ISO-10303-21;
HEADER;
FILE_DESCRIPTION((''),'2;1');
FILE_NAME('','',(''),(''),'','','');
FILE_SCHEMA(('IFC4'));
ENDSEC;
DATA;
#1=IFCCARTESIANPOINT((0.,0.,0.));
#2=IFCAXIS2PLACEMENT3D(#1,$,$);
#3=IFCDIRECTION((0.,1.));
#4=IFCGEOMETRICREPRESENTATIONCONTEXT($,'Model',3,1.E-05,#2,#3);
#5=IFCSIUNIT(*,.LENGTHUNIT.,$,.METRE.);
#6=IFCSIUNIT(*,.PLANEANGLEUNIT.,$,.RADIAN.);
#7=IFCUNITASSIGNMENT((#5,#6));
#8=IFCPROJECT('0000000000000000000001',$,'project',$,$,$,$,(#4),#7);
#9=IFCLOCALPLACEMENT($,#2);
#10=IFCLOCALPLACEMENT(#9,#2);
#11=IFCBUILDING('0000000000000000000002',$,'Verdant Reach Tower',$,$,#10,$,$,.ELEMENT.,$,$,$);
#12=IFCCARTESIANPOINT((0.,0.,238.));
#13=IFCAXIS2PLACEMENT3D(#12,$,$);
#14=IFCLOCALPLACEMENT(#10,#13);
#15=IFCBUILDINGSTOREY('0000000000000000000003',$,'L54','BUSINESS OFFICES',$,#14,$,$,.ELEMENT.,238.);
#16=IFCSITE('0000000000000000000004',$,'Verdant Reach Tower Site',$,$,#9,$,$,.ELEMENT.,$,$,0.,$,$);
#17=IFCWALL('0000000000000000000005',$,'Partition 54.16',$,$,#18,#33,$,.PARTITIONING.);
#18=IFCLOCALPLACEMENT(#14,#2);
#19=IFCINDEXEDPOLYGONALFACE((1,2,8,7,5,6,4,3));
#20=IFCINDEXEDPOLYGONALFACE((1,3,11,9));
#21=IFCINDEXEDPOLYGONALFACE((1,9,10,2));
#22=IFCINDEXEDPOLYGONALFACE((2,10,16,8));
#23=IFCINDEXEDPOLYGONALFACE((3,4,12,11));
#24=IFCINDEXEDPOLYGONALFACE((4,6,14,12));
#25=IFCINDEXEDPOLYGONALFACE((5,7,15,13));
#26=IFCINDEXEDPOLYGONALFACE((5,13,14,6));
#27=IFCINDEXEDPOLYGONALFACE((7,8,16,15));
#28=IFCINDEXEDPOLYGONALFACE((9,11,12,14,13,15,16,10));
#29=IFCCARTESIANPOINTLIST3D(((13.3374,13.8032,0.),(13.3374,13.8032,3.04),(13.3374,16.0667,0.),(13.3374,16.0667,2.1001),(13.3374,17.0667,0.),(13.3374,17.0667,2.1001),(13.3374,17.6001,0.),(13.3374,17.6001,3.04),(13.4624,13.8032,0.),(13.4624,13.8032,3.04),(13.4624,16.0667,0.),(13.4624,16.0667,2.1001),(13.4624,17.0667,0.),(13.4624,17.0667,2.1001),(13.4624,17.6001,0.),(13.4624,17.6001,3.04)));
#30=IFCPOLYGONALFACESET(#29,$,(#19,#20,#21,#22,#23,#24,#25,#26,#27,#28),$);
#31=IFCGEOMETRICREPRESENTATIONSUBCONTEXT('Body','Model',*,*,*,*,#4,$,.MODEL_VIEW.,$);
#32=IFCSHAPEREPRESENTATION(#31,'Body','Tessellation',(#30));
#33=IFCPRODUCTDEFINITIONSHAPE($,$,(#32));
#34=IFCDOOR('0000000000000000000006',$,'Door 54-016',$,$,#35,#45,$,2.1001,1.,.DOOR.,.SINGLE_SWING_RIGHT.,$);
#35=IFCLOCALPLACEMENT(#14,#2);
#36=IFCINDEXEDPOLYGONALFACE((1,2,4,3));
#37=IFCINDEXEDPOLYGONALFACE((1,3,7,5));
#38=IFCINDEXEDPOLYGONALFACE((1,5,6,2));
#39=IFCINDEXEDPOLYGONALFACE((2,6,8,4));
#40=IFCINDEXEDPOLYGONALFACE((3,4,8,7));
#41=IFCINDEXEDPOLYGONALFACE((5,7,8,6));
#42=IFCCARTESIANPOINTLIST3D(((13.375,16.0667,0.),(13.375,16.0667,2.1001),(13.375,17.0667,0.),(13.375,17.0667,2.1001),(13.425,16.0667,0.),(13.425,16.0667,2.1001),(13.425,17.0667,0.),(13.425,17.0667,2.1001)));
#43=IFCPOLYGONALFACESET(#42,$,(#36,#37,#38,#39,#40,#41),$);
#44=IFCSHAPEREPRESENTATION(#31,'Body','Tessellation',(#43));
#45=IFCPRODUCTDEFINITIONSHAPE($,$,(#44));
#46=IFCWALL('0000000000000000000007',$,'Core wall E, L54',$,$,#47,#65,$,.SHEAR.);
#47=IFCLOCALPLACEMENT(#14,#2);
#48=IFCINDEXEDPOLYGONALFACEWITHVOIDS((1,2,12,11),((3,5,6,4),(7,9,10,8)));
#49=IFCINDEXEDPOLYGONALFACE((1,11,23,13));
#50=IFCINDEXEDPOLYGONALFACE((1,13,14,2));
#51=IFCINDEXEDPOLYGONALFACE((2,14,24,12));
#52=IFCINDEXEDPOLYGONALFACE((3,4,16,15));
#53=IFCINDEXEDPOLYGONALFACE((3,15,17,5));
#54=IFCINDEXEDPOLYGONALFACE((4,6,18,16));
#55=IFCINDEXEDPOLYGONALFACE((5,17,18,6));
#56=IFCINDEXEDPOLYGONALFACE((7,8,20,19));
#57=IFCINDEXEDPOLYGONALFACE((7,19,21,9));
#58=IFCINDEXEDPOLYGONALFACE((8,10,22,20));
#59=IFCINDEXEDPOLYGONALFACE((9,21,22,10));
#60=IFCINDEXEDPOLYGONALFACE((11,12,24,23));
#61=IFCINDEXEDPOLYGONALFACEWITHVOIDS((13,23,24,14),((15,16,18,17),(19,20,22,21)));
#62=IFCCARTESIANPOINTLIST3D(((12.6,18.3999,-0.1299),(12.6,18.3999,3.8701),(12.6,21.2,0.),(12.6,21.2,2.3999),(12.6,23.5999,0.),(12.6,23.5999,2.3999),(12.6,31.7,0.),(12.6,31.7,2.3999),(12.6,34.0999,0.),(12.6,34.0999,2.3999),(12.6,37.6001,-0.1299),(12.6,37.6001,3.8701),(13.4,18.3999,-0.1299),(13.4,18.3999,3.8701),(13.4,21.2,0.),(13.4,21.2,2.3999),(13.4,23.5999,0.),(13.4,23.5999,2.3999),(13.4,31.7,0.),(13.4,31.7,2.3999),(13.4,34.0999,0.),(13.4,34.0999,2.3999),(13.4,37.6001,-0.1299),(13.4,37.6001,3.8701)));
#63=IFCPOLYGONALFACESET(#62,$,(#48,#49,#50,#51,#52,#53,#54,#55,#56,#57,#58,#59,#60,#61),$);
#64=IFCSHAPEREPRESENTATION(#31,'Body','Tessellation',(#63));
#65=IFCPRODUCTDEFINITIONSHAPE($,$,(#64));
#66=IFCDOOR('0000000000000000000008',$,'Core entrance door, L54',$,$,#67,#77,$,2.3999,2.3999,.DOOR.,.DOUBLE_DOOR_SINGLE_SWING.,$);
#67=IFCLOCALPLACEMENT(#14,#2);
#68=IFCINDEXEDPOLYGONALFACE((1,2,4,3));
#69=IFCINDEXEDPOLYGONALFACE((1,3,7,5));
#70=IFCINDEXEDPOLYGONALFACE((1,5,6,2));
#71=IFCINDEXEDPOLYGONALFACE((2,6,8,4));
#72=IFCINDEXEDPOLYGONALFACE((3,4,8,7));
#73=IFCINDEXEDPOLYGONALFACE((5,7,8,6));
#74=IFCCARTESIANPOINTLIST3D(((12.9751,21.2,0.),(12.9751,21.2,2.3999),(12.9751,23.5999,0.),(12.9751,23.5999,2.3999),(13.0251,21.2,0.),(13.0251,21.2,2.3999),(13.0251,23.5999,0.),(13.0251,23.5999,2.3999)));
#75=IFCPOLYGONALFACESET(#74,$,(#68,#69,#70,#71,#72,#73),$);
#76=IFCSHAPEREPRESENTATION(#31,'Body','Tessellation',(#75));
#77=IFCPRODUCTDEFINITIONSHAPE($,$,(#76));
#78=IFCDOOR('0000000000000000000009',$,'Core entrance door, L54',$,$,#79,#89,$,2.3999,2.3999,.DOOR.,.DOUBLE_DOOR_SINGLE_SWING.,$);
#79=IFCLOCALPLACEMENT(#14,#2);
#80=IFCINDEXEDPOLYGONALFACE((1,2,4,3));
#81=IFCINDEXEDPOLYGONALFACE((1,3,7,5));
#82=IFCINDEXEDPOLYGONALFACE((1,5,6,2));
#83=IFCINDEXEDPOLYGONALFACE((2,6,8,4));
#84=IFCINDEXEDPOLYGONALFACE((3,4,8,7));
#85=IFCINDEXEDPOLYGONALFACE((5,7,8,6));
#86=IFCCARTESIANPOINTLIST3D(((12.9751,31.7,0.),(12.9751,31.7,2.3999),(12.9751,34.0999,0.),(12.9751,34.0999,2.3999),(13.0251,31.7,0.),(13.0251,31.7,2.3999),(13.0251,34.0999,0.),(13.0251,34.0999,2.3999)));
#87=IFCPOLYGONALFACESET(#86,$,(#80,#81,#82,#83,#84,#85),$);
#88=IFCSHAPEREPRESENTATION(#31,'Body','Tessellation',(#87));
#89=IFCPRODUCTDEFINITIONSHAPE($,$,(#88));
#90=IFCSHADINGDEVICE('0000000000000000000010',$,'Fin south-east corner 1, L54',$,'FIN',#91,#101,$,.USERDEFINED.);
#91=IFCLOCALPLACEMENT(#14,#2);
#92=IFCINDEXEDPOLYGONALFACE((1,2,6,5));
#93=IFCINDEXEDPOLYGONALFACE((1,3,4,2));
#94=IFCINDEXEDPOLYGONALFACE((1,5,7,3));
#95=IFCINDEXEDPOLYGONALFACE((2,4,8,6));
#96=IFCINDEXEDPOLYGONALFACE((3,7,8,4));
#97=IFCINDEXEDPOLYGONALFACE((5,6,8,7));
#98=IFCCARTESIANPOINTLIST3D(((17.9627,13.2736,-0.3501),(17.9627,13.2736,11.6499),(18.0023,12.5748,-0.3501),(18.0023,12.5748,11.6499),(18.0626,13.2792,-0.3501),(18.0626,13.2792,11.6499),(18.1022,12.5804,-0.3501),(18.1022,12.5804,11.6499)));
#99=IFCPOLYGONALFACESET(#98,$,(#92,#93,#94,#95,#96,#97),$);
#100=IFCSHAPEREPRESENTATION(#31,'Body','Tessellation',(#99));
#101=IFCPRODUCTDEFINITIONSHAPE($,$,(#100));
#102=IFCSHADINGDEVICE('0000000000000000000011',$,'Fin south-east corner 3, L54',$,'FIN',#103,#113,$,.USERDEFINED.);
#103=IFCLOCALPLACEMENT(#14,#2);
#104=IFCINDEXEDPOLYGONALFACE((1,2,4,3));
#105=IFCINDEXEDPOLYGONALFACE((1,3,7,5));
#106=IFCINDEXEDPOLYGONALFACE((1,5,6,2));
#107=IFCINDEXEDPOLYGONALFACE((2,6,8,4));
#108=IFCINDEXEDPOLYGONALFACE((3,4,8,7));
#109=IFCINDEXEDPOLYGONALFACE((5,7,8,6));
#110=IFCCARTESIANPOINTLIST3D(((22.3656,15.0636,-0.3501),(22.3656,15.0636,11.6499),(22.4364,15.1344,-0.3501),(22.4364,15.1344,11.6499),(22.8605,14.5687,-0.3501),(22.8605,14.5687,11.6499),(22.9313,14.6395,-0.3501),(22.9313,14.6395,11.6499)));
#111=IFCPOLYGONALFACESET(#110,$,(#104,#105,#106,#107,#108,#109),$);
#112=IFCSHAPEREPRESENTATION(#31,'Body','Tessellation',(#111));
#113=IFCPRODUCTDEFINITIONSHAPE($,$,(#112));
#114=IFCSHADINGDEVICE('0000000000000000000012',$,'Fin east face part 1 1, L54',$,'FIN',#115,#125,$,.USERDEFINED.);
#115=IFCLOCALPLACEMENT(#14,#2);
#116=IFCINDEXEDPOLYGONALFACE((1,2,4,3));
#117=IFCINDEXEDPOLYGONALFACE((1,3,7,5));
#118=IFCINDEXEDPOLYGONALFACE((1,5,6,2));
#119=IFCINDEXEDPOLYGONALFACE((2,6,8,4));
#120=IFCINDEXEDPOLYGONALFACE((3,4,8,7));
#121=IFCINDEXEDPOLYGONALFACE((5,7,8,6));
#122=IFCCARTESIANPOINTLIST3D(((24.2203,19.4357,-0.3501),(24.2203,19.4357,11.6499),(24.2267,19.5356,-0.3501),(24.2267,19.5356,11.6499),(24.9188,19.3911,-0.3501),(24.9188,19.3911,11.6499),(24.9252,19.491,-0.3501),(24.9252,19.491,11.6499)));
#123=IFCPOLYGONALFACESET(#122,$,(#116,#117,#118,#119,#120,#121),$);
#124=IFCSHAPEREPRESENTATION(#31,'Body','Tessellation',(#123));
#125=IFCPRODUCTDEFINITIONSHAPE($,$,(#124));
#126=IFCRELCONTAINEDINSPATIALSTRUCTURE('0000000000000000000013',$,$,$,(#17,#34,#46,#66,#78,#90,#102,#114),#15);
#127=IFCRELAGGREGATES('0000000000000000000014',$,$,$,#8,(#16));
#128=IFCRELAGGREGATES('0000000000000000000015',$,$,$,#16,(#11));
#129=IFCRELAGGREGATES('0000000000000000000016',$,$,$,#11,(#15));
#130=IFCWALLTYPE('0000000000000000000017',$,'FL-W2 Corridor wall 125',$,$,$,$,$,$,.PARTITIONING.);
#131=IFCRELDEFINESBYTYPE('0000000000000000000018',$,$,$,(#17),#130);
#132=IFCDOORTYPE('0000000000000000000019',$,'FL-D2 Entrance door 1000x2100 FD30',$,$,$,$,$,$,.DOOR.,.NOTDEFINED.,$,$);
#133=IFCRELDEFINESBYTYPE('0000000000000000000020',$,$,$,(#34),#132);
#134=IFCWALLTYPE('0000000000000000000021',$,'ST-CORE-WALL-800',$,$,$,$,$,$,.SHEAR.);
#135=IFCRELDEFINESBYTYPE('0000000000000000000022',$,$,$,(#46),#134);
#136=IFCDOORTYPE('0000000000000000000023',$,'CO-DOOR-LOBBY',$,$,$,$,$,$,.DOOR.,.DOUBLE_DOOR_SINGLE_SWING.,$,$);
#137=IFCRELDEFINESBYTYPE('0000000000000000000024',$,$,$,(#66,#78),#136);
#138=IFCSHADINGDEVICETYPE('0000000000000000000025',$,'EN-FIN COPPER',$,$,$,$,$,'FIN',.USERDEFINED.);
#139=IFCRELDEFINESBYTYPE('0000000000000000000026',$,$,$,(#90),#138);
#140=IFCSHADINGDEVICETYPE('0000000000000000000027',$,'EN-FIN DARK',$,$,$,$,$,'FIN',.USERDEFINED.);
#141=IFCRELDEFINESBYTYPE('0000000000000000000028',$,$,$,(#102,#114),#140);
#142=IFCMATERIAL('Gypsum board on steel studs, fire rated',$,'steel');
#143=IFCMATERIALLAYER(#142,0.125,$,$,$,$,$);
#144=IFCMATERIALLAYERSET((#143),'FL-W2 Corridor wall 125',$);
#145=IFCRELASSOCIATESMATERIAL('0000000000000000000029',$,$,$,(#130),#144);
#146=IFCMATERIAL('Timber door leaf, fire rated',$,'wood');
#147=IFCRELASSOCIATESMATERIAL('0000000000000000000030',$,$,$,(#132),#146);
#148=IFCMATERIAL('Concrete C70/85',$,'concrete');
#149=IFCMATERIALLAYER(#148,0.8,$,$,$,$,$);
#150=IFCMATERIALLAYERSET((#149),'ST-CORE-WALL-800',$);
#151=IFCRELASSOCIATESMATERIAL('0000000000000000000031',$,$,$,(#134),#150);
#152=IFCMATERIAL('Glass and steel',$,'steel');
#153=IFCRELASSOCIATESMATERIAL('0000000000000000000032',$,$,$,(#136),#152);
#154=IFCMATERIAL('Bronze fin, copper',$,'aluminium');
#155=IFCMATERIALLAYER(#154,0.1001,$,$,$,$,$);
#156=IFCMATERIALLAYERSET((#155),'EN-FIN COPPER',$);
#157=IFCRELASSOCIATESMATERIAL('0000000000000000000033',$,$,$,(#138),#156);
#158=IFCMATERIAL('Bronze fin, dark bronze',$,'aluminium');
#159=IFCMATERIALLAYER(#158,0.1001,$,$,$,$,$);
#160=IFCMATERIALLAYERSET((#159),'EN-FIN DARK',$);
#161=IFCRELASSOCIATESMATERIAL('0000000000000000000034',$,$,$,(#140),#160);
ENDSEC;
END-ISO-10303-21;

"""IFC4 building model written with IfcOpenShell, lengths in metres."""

from ifc_helpers import new_model, si_unit, direction, frame, frame_2d, origin, origin_2d, place, context, subcontext, project, spatial, rectangle, extrude, material, layer, layer_set, type_object, element, fill, save


model = new_model("IFC4")

# Units and contexts
model_context = context("Model", 3, precision=1e-05, world=origin(), true_north=direction((0.0, 1.0)))
body_context = subcontext(model_context, "Body", "Model", "MODEL_VIEW")
ifc_project = project(units=[si_unit("LENGTHUNIT", "METRE"), si_unit("PLANEANGLEUNIT", "RADIAN")], contexts=[model_context])

# Site, building, storey
site_placement = place(None, origin())
site = spatial("IfcSite", under=ifc_project, at=site_placement, Name="Verdant Reach Tower Site", CompositionType="ELEMENT", RefElevation=0.0)
building_placement = place(site_placement, origin())
building = spatial("IfcBuilding", under=site, at=building_placement, Name="Verdant Reach Tower", CompositionType="ELEMENT")
storey_placement = place(building_placement, frame((0.0, 0.0, 238.0)))
storey = spatial("IfcBuildingStorey", under=building, at=storey_placement, Name="L54", Description="BUSINESS OFFICES", CompositionType="ELEMENT", Elevation=238.0)

# Wall, opening, door
ifc_material_1 = material(Name="Gypsum board on steel studs, fire rated", Category="steel")
ifc_layer_1 = layer(ifc_material_1, 0.125)
ifc_layer_set_1 = layer_set([ifc_layer_1], Name="FL-W2 Corridor wall 125")
wall_type_1 = type_object("IfcWallType", Name="FL-W2 Corridor wall 125", PredefinedType="PARTITIONING", material=ifc_layer_set_1)
wall_1_placement = place(storey_placement, frame((13.3999, 13.8032, 0.0), z_axis=(0.0, 0.0, 1.0), x_axis=(0.0, 1.0, 0.0)))
wall_1 = element("IfcWall", 1, at=wall_1_placement, inside=storey, type_object=wall_type_1, Name="Partition 54.16", PredefinedType="PARTITIONING", context=body_context, shape_type="SweptSolid", body=[
    extrude(rectangle(XDim=3.7969, YDim=0.125, at=frame_2d((1.8984, 0.0))), origin(), (0.0, 0.0, 1.0), 3.04),
])
opening_1_placement = place(wall_1_placement, frame((2.2634, 0.0, 0.0)))
opening_1 = element("IfcOpeningElement", 2, at=opening_1_placement, cuts=wall_1, PredefinedType="OPENING", context=body_context, shape_type="SweptSolid", body=[
    extrude(rectangle(XDim=1.0, YDim=2.1001, at=frame_2d((0.5, 1.05))), frame((0.0, 0.0725, 0.0), z_axis=(0.0, -1.0, 0.0), x_axis=(1.0, 0.0, 0.0)), (0.0, 0.0, 1.0), 0.145),
])
ifc_material_2 = material(Name="Timber door leaf, fire rated", Category="wood")
door_type_1 = type_object("IfcDoorType", Name="FL-D2 Entrance door 1000x2100 FD30", OperationType="NOTDEFINED", PredefinedType="DOOR", material=ifc_material_2)
door_1_placement = place(opening_1_placement, origin())
door_1 = element("IfcDoor", 3, at=door_1_placement, inside=storey, type_object=door_type_1, Name="Door 54-016", OperationType="SINGLE_SWING_RIGHT", OverallHeight=2.1001, OverallWidth=1.0, PredefinedType="DOOR", context=body_context, shape_type="SweptSolid", body=[
    extrude(rectangle(XDim=1.0, YDim=2.1001, at=frame_2d((0.5, 1.05))), frame((0.0, 0.0249, 0.0), z_axis=(0.0, -1.0, 0.0), x_axis=(1.0, 0.0, 0.0)), (0.0, 0.0, 1.0), 0.05),
])
fill(opening_1, door_1)

# Wall, openings, doors
ifc_material_3 = material(Name="Concrete C70/85", Category="concrete")
ifc_layer_2 = layer(ifc_material_3, 0.8)
ifc_layer_set_2 = layer_set([ifc_layer_2], Name="ST-CORE-WALL-800")
wall_type_2 = type_object("IfcWallType", Name="ST-CORE-WALL-800", PredefinedType="SHEAR", material=ifc_layer_set_2)
wall_2_placement = place(storey_placement, frame((13.0, 18.3999, -0.1299), z_axis=(0.0, 0.0, 1.0), x_axis=(0.0, 1.0, 0.0)))
wall_2 = element("IfcWall", 4, at=wall_2_placement, inside=storey, type_object=wall_type_2, Name="Core wall E, L54", PredefinedType="SHEAR", context=body_context, shape_type="SweptSolid", body=[
    extrude(rectangle(XDim=19.2002, YDim=0.8, at=frame_2d((9.6001, 0.0))), origin(), (0.0, 0.0, 1.0), 4.0),
])
opening_2_placement = place(wall_2_placement, frame((2.8, 0.0, 0.1299)))
opening_2 = element("IfcOpeningElement", 5, at=opening_2_placement, cuts=wall_2, PredefinedType="OPENING", context=body_context, shape_type="SweptSolid", body=[
    extrude(rectangle(XDim=2.3999, YDim=2.3999, at=frame_2d((1.2, 1.2))), frame((0.0, 0.4099, 0.0), z_axis=(0.0, -1.0, 0.0), x_axis=(1.0, 0.0, 0.0)), (0.0, 0.0, 1.0), 0.8201),
])
opening_3_placement = place(wall_2_placement, frame((13.3, 0.0, 0.1299)))
opening_3 = element("IfcOpeningElement", 6, at=opening_3_placement, cuts=wall_2, PredefinedType="OPENING", context=body_context, shape_type="SweptSolid", body=[
    extrude(rectangle(XDim=2.3999, YDim=2.3999, at=frame_2d((1.2, 1.2))), frame((0.0, 0.4099, 0.0), z_axis=(0.0, -1.0, 0.0), x_axis=(1.0, 0.0, 0.0)), (0.0, 0.0, 1.0), 0.8201),
])
ifc_material_4 = material(Name="Glass and steel", Category="steel")
door_type_2 = type_object("IfcDoorType", Name="CO-DOOR-LOBBY", OperationType="DOUBLE_DOOR_SINGLE_SWING", PredefinedType="DOOR", material=ifc_material_4)
door_2_placement = place(opening_2_placement, origin())
door_2 = element("IfcDoor", 7, at=door_2_placement, inside=storey, type_object=door_type_2, Name="Core entrance door, L54", OperationType="DOUBLE_DOOR_SINGLE_SWING", OverallHeight=2.3999, OverallWidth=2.3999, PredefinedType="DOOR", context=body_context, shape_type="SweptSolid", body=[
    extrude(rectangle(XDim=2.3999, YDim=2.3999, at=frame_2d((1.2, 1.2))), frame((0.0, 0.0249, 0.0), z_axis=(0.0, -1.0, 0.0), x_axis=(1.0, 0.0, 0.0)), (0.0, 0.0, 1.0), 0.05),
])
fill(opening_2, door_2)
door_3_placement = place(opening_3_placement, origin())
door_3 = element("IfcDoor", 8, at=door_3_placement, inside=storey, type_object=door_type_2, Name="Core entrance door, L54", OperationType="DOUBLE_DOOR_SINGLE_SWING", OverallHeight=2.3999, OverallWidth=2.3999, PredefinedType="DOOR", context=body_context, shape_type="SweptSolid", body=[
    extrude(rectangle(XDim=2.3999, YDim=2.3999, at=frame_2d((1.2, 1.2))), frame((0.0, 0.0249, 0.0), z_axis=(0.0, -1.0, 0.0), x_axis=(1.0, 0.0, 0.0)), (0.0, 0.0, 1.0), 0.05),
])
fill(opening_3, door_3)

# Shading devices
ifc_material_5 = material(Name="Bronze fin, copper", Category="aluminium")
ifc_layer_3 = layer(ifc_material_5, 0.1001)
ifc_layer_set_3 = layer_set([ifc_layer_3], Name="EN-FIN COPPER")
shading_device_type_1 = type_object("IfcShadingDeviceType", Name="EN-FIN COPPER", ElementType="FIN", PredefinedType="USERDEFINED", material=ifc_layer_set_3)
shading_device_placement = place(storey_placement, frame((18.0325, 12.927, -0.3501), z_axis=(0.0, 0.0, 1.0), x_axis=(0.998399, 0.056569, 0.0)))
element("IfcShadingDevice", 9, at=shading_device_placement, inside=storey, type_object=shading_device_type_1, Name="Fin south-east corner 1, L54", ObjectType="FIN", PredefinedType="USERDEFINED", context=body_context, shape_type="SweptSolid", body=[
    extrude(rectangle(XDim=0.1001, YDim=0.7, at=origin_2d()), origin(), (0.0, 0.0, 1.0), 12.0),
])
ifc_material_6 = material(Name="Bronze fin, dark bronze", Category="aluminium")
ifc_layer_4 = layer(ifc_material_6, 0.1001)
ifc_layer_set_4 = layer_set([ifc_layer_4], Name="EN-FIN DARK")
shading_device_type_2 = type_object("IfcShadingDeviceType", Name="EN-FIN DARK", ElementType="FIN", PredefinedType="USERDEFINED", material=ifc_layer_set_4)
for number, where, z_axis, x_axis, name in (
    (10, (22.6484, 14.8516, -0.3501), (0.0, 0.0, 1.0), (0.707107, 0.707107, 0.0), "Fin south-east corner 3, L54"),
    (11, (24.5728, 19.4634, -0.3501), (0.0, 0.0, 1.0), (0.063699, 0.997969, 0.0), "Fin east face part 1 1, L54"),
):
    element("IfcShadingDevice", number, at=place(storey_placement, frame(where, z_axis=z_axis, x_axis=x_axis)), inside=storey, type_object=shading_device_type_2, Name=name, ObjectType="FIN", PredefinedType="USERDEFINED", context=body_context, shape_type="SweptSolid", body=[
        extrude(rectangle(XDim=0.1001, YDim=0.7, at=origin_2d()), origin(), (0.0, 0.0, 1.0), 12.0),
    ])

save(model, "model.ifc")
